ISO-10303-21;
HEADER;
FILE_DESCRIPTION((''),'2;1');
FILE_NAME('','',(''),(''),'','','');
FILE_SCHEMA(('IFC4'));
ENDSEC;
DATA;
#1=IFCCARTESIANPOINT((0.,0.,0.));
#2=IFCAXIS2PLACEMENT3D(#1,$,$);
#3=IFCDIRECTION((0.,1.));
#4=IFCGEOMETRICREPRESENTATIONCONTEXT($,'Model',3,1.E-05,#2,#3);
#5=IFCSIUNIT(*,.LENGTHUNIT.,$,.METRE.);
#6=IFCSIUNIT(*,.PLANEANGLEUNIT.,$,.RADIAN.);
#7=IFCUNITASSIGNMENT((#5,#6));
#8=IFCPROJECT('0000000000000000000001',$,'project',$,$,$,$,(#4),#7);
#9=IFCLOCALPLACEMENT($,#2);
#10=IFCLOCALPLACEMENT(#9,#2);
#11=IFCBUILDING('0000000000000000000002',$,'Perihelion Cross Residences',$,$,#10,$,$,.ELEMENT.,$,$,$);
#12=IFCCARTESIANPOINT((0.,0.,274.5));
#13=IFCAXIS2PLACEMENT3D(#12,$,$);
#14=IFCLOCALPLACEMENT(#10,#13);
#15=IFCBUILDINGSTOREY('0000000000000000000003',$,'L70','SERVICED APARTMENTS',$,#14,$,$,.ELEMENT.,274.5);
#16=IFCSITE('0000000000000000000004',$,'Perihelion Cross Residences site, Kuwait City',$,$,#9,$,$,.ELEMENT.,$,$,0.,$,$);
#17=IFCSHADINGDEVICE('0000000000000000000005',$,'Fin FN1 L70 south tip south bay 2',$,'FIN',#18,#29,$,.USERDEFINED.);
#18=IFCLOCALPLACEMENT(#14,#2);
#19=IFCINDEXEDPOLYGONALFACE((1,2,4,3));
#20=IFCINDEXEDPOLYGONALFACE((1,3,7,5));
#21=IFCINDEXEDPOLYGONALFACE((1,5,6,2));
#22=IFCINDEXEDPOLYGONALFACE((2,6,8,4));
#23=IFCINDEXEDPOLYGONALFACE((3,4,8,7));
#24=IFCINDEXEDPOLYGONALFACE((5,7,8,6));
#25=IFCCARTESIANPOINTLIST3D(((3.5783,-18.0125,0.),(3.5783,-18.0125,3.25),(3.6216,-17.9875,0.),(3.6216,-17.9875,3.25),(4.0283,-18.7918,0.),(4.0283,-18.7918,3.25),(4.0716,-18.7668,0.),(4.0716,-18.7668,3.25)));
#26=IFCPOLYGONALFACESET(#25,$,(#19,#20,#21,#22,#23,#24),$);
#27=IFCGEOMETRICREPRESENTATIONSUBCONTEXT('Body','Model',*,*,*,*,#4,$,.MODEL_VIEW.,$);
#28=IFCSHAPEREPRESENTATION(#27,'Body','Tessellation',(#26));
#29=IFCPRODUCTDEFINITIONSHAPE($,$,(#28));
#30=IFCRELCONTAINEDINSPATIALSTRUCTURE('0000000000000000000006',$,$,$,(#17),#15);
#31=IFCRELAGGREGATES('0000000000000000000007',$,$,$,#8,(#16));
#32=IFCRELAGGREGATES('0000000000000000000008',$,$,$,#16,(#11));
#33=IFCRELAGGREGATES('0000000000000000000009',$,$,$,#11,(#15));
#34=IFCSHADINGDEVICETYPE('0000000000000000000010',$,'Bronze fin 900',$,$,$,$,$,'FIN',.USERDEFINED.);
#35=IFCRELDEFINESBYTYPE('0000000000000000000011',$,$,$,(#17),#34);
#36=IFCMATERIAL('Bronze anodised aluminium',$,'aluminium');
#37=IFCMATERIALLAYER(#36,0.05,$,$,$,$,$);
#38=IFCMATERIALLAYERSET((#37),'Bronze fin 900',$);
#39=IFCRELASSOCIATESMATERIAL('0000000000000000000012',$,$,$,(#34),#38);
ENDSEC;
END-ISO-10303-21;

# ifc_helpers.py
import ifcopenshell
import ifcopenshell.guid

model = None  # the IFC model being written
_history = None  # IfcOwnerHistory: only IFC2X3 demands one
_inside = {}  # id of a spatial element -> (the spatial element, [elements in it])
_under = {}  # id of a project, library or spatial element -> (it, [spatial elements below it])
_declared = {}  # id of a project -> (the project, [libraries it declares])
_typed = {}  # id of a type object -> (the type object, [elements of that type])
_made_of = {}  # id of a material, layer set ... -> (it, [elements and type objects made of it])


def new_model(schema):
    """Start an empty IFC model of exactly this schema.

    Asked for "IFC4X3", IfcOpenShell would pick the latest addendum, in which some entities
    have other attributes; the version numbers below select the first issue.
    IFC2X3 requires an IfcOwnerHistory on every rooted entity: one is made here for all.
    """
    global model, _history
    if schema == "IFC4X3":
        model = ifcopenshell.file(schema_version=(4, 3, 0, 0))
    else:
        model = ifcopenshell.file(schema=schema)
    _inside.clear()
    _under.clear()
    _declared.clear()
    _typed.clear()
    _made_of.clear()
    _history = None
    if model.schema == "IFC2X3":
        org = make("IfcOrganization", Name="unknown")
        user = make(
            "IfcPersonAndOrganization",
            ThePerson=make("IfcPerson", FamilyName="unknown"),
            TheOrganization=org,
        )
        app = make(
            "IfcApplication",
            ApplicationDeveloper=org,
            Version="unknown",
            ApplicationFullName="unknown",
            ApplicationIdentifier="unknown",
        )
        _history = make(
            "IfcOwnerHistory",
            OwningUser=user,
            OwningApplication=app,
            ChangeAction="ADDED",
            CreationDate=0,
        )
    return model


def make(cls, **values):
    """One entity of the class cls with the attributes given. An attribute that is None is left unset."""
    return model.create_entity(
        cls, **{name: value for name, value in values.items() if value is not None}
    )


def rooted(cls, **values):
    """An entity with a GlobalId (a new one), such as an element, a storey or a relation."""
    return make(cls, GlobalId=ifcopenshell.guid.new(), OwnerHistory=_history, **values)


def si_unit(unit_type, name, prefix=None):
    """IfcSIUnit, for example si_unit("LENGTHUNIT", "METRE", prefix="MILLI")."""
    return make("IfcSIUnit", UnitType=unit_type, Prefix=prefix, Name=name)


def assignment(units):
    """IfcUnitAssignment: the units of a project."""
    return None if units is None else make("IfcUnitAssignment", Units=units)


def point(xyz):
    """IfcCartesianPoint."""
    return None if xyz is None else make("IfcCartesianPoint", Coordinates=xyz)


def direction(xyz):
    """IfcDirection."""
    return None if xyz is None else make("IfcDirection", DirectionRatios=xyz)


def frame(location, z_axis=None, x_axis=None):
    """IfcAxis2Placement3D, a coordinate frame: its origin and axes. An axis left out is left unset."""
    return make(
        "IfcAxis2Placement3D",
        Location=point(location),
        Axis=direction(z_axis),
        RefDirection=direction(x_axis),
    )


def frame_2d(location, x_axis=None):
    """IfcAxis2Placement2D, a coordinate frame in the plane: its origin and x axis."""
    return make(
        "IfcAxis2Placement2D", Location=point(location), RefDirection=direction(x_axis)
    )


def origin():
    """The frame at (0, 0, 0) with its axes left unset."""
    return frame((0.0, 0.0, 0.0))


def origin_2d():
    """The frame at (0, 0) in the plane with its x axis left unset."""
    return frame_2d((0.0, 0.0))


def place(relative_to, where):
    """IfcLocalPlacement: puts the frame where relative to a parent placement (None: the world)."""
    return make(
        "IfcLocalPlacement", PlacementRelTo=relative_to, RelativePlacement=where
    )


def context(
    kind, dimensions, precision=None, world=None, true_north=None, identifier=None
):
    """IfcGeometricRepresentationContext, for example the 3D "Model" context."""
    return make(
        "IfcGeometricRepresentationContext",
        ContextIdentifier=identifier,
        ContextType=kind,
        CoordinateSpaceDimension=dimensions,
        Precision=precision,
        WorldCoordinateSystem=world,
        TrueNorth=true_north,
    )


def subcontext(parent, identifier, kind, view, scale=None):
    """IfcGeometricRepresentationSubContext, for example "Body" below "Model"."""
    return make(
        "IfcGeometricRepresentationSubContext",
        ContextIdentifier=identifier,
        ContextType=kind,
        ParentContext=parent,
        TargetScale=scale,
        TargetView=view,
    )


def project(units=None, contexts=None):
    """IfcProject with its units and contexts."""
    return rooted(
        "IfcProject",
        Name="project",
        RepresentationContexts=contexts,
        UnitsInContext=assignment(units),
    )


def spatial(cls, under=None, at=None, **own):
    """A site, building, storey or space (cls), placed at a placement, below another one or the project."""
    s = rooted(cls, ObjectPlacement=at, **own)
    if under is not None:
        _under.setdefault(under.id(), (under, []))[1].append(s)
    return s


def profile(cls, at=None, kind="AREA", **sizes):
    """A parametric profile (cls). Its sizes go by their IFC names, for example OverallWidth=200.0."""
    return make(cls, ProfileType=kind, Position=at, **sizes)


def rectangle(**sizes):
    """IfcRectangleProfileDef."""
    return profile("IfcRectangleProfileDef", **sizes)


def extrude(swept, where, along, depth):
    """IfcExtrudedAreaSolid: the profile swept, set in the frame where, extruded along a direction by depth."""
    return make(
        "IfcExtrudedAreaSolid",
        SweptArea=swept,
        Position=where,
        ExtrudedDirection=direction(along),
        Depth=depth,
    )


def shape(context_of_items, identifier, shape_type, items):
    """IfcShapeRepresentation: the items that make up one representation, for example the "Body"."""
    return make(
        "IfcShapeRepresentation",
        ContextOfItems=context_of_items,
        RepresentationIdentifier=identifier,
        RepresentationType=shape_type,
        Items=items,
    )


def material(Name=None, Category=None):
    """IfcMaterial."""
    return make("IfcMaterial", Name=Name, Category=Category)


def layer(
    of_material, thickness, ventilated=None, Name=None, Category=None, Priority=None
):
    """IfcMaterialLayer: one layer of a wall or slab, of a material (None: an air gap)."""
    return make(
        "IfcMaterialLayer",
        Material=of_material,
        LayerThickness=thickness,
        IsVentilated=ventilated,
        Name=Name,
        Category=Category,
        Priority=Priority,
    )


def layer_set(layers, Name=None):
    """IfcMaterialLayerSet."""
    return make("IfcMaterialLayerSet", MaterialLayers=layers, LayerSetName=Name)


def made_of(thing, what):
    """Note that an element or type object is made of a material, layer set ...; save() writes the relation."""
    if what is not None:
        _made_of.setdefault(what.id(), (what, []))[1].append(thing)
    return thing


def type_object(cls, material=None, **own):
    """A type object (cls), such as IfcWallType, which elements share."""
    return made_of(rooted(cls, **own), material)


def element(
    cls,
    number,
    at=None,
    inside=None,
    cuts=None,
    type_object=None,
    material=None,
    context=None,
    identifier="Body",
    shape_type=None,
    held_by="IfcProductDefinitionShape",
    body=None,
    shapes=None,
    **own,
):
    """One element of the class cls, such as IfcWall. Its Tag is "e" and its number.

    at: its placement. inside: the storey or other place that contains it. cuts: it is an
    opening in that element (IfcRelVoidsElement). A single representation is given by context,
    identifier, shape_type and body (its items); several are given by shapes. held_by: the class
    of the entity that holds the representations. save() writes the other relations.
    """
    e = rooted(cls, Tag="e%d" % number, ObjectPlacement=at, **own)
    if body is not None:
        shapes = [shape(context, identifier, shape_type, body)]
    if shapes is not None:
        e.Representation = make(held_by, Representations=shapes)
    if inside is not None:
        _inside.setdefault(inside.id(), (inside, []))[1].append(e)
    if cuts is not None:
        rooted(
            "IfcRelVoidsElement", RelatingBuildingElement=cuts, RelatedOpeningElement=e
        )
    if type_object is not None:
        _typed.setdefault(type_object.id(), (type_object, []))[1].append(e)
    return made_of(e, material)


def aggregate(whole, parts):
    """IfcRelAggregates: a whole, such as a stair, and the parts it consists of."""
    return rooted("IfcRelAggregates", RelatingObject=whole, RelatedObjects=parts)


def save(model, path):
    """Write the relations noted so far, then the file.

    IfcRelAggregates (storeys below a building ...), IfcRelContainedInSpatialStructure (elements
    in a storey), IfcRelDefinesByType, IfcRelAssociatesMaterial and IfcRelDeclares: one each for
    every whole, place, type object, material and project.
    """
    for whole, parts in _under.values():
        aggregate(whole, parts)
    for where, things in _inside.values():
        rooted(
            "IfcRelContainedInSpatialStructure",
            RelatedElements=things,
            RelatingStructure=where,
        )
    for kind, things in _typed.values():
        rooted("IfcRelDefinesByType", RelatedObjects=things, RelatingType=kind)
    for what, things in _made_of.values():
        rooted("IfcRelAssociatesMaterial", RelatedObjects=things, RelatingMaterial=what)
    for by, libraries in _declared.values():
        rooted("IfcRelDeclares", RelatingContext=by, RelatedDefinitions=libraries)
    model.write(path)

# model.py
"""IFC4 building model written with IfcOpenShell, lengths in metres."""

from ifc_helpers import new_model, si_unit, direction, frame, origin, origin_2d, place, context, subcontext, project, spatial, rectangle, extrude, material, layer, layer_set, type_object, element, save


model = new_model("IFC4")

# Units and contexts
model_context = context("Model", 3, precision=1e-05, world=origin(), true_north=direction((0.0, 1.0)))
body_context = subcontext(model_context, "Body", "Model", "MODEL_VIEW")
ifc_project = project(units=[si_unit("LENGTHUNIT", "METRE"), si_unit("PLANEANGLEUNIT", "RADIAN")], contexts=[model_context])

# Site, building, storey
site_placement = place(None, origin())
site = spatial("IfcSite", under=ifc_project, at=site_placement, Name="Perihelion Cross Residences site, Kuwait City", CompositionType="ELEMENT", RefElevation=0.0)
building_placement = place(site_placement, origin())
building = spatial("IfcBuilding", under=site, at=building_placement, Name="Perihelion Cross Residences", CompositionType="ELEMENT")
storey_placement = place(building_placement, frame((0.0, 0.0, 274.5)))
storey = spatial("IfcBuildingStorey", under=building, at=storey_placement, Name="L70", Description="SERVICED APARTMENTS", CompositionType="ELEMENT", Elevation=274.5)

# Shading device
ifc_material_1 = material(Name="Bronze anodised aluminium", Category="aluminium")
ifc_layer_1 = layer(ifc_material_1, 0.05)
ifc_layer_set_1 = layer_set([ifc_layer_1], Name="Bronze fin 900")
shading_device_type = type_object("IfcShadingDeviceType", Name="Bronze fin 900", ElementType="FIN", PredefinedType="USERDEFINED", material=ifc_layer_set_1)
shading_device_placement = place(storey_placement, frame((3.825, -18.3896, 0.0), z_axis=(0.0, 0.0, 1.0), x_axis=(0.5, -0.866025, 0.0)))
element("IfcShadingDevice", 1, at=shading_device_placement, inside=storey, type_object=shading_device_type, Name="Fin FN1 L70 south tip south bay 2", ObjectType="FIN", PredefinedType="USERDEFINED", context=body_context, shape_type="SweptSolid", body=[
    extrude(rectangle(XDim=0.8999, YDim=0.05, at=origin_2d()), origin(), (0.0, 0.0, 1.0), 3.25),
])

save(model, "model.ifc")
